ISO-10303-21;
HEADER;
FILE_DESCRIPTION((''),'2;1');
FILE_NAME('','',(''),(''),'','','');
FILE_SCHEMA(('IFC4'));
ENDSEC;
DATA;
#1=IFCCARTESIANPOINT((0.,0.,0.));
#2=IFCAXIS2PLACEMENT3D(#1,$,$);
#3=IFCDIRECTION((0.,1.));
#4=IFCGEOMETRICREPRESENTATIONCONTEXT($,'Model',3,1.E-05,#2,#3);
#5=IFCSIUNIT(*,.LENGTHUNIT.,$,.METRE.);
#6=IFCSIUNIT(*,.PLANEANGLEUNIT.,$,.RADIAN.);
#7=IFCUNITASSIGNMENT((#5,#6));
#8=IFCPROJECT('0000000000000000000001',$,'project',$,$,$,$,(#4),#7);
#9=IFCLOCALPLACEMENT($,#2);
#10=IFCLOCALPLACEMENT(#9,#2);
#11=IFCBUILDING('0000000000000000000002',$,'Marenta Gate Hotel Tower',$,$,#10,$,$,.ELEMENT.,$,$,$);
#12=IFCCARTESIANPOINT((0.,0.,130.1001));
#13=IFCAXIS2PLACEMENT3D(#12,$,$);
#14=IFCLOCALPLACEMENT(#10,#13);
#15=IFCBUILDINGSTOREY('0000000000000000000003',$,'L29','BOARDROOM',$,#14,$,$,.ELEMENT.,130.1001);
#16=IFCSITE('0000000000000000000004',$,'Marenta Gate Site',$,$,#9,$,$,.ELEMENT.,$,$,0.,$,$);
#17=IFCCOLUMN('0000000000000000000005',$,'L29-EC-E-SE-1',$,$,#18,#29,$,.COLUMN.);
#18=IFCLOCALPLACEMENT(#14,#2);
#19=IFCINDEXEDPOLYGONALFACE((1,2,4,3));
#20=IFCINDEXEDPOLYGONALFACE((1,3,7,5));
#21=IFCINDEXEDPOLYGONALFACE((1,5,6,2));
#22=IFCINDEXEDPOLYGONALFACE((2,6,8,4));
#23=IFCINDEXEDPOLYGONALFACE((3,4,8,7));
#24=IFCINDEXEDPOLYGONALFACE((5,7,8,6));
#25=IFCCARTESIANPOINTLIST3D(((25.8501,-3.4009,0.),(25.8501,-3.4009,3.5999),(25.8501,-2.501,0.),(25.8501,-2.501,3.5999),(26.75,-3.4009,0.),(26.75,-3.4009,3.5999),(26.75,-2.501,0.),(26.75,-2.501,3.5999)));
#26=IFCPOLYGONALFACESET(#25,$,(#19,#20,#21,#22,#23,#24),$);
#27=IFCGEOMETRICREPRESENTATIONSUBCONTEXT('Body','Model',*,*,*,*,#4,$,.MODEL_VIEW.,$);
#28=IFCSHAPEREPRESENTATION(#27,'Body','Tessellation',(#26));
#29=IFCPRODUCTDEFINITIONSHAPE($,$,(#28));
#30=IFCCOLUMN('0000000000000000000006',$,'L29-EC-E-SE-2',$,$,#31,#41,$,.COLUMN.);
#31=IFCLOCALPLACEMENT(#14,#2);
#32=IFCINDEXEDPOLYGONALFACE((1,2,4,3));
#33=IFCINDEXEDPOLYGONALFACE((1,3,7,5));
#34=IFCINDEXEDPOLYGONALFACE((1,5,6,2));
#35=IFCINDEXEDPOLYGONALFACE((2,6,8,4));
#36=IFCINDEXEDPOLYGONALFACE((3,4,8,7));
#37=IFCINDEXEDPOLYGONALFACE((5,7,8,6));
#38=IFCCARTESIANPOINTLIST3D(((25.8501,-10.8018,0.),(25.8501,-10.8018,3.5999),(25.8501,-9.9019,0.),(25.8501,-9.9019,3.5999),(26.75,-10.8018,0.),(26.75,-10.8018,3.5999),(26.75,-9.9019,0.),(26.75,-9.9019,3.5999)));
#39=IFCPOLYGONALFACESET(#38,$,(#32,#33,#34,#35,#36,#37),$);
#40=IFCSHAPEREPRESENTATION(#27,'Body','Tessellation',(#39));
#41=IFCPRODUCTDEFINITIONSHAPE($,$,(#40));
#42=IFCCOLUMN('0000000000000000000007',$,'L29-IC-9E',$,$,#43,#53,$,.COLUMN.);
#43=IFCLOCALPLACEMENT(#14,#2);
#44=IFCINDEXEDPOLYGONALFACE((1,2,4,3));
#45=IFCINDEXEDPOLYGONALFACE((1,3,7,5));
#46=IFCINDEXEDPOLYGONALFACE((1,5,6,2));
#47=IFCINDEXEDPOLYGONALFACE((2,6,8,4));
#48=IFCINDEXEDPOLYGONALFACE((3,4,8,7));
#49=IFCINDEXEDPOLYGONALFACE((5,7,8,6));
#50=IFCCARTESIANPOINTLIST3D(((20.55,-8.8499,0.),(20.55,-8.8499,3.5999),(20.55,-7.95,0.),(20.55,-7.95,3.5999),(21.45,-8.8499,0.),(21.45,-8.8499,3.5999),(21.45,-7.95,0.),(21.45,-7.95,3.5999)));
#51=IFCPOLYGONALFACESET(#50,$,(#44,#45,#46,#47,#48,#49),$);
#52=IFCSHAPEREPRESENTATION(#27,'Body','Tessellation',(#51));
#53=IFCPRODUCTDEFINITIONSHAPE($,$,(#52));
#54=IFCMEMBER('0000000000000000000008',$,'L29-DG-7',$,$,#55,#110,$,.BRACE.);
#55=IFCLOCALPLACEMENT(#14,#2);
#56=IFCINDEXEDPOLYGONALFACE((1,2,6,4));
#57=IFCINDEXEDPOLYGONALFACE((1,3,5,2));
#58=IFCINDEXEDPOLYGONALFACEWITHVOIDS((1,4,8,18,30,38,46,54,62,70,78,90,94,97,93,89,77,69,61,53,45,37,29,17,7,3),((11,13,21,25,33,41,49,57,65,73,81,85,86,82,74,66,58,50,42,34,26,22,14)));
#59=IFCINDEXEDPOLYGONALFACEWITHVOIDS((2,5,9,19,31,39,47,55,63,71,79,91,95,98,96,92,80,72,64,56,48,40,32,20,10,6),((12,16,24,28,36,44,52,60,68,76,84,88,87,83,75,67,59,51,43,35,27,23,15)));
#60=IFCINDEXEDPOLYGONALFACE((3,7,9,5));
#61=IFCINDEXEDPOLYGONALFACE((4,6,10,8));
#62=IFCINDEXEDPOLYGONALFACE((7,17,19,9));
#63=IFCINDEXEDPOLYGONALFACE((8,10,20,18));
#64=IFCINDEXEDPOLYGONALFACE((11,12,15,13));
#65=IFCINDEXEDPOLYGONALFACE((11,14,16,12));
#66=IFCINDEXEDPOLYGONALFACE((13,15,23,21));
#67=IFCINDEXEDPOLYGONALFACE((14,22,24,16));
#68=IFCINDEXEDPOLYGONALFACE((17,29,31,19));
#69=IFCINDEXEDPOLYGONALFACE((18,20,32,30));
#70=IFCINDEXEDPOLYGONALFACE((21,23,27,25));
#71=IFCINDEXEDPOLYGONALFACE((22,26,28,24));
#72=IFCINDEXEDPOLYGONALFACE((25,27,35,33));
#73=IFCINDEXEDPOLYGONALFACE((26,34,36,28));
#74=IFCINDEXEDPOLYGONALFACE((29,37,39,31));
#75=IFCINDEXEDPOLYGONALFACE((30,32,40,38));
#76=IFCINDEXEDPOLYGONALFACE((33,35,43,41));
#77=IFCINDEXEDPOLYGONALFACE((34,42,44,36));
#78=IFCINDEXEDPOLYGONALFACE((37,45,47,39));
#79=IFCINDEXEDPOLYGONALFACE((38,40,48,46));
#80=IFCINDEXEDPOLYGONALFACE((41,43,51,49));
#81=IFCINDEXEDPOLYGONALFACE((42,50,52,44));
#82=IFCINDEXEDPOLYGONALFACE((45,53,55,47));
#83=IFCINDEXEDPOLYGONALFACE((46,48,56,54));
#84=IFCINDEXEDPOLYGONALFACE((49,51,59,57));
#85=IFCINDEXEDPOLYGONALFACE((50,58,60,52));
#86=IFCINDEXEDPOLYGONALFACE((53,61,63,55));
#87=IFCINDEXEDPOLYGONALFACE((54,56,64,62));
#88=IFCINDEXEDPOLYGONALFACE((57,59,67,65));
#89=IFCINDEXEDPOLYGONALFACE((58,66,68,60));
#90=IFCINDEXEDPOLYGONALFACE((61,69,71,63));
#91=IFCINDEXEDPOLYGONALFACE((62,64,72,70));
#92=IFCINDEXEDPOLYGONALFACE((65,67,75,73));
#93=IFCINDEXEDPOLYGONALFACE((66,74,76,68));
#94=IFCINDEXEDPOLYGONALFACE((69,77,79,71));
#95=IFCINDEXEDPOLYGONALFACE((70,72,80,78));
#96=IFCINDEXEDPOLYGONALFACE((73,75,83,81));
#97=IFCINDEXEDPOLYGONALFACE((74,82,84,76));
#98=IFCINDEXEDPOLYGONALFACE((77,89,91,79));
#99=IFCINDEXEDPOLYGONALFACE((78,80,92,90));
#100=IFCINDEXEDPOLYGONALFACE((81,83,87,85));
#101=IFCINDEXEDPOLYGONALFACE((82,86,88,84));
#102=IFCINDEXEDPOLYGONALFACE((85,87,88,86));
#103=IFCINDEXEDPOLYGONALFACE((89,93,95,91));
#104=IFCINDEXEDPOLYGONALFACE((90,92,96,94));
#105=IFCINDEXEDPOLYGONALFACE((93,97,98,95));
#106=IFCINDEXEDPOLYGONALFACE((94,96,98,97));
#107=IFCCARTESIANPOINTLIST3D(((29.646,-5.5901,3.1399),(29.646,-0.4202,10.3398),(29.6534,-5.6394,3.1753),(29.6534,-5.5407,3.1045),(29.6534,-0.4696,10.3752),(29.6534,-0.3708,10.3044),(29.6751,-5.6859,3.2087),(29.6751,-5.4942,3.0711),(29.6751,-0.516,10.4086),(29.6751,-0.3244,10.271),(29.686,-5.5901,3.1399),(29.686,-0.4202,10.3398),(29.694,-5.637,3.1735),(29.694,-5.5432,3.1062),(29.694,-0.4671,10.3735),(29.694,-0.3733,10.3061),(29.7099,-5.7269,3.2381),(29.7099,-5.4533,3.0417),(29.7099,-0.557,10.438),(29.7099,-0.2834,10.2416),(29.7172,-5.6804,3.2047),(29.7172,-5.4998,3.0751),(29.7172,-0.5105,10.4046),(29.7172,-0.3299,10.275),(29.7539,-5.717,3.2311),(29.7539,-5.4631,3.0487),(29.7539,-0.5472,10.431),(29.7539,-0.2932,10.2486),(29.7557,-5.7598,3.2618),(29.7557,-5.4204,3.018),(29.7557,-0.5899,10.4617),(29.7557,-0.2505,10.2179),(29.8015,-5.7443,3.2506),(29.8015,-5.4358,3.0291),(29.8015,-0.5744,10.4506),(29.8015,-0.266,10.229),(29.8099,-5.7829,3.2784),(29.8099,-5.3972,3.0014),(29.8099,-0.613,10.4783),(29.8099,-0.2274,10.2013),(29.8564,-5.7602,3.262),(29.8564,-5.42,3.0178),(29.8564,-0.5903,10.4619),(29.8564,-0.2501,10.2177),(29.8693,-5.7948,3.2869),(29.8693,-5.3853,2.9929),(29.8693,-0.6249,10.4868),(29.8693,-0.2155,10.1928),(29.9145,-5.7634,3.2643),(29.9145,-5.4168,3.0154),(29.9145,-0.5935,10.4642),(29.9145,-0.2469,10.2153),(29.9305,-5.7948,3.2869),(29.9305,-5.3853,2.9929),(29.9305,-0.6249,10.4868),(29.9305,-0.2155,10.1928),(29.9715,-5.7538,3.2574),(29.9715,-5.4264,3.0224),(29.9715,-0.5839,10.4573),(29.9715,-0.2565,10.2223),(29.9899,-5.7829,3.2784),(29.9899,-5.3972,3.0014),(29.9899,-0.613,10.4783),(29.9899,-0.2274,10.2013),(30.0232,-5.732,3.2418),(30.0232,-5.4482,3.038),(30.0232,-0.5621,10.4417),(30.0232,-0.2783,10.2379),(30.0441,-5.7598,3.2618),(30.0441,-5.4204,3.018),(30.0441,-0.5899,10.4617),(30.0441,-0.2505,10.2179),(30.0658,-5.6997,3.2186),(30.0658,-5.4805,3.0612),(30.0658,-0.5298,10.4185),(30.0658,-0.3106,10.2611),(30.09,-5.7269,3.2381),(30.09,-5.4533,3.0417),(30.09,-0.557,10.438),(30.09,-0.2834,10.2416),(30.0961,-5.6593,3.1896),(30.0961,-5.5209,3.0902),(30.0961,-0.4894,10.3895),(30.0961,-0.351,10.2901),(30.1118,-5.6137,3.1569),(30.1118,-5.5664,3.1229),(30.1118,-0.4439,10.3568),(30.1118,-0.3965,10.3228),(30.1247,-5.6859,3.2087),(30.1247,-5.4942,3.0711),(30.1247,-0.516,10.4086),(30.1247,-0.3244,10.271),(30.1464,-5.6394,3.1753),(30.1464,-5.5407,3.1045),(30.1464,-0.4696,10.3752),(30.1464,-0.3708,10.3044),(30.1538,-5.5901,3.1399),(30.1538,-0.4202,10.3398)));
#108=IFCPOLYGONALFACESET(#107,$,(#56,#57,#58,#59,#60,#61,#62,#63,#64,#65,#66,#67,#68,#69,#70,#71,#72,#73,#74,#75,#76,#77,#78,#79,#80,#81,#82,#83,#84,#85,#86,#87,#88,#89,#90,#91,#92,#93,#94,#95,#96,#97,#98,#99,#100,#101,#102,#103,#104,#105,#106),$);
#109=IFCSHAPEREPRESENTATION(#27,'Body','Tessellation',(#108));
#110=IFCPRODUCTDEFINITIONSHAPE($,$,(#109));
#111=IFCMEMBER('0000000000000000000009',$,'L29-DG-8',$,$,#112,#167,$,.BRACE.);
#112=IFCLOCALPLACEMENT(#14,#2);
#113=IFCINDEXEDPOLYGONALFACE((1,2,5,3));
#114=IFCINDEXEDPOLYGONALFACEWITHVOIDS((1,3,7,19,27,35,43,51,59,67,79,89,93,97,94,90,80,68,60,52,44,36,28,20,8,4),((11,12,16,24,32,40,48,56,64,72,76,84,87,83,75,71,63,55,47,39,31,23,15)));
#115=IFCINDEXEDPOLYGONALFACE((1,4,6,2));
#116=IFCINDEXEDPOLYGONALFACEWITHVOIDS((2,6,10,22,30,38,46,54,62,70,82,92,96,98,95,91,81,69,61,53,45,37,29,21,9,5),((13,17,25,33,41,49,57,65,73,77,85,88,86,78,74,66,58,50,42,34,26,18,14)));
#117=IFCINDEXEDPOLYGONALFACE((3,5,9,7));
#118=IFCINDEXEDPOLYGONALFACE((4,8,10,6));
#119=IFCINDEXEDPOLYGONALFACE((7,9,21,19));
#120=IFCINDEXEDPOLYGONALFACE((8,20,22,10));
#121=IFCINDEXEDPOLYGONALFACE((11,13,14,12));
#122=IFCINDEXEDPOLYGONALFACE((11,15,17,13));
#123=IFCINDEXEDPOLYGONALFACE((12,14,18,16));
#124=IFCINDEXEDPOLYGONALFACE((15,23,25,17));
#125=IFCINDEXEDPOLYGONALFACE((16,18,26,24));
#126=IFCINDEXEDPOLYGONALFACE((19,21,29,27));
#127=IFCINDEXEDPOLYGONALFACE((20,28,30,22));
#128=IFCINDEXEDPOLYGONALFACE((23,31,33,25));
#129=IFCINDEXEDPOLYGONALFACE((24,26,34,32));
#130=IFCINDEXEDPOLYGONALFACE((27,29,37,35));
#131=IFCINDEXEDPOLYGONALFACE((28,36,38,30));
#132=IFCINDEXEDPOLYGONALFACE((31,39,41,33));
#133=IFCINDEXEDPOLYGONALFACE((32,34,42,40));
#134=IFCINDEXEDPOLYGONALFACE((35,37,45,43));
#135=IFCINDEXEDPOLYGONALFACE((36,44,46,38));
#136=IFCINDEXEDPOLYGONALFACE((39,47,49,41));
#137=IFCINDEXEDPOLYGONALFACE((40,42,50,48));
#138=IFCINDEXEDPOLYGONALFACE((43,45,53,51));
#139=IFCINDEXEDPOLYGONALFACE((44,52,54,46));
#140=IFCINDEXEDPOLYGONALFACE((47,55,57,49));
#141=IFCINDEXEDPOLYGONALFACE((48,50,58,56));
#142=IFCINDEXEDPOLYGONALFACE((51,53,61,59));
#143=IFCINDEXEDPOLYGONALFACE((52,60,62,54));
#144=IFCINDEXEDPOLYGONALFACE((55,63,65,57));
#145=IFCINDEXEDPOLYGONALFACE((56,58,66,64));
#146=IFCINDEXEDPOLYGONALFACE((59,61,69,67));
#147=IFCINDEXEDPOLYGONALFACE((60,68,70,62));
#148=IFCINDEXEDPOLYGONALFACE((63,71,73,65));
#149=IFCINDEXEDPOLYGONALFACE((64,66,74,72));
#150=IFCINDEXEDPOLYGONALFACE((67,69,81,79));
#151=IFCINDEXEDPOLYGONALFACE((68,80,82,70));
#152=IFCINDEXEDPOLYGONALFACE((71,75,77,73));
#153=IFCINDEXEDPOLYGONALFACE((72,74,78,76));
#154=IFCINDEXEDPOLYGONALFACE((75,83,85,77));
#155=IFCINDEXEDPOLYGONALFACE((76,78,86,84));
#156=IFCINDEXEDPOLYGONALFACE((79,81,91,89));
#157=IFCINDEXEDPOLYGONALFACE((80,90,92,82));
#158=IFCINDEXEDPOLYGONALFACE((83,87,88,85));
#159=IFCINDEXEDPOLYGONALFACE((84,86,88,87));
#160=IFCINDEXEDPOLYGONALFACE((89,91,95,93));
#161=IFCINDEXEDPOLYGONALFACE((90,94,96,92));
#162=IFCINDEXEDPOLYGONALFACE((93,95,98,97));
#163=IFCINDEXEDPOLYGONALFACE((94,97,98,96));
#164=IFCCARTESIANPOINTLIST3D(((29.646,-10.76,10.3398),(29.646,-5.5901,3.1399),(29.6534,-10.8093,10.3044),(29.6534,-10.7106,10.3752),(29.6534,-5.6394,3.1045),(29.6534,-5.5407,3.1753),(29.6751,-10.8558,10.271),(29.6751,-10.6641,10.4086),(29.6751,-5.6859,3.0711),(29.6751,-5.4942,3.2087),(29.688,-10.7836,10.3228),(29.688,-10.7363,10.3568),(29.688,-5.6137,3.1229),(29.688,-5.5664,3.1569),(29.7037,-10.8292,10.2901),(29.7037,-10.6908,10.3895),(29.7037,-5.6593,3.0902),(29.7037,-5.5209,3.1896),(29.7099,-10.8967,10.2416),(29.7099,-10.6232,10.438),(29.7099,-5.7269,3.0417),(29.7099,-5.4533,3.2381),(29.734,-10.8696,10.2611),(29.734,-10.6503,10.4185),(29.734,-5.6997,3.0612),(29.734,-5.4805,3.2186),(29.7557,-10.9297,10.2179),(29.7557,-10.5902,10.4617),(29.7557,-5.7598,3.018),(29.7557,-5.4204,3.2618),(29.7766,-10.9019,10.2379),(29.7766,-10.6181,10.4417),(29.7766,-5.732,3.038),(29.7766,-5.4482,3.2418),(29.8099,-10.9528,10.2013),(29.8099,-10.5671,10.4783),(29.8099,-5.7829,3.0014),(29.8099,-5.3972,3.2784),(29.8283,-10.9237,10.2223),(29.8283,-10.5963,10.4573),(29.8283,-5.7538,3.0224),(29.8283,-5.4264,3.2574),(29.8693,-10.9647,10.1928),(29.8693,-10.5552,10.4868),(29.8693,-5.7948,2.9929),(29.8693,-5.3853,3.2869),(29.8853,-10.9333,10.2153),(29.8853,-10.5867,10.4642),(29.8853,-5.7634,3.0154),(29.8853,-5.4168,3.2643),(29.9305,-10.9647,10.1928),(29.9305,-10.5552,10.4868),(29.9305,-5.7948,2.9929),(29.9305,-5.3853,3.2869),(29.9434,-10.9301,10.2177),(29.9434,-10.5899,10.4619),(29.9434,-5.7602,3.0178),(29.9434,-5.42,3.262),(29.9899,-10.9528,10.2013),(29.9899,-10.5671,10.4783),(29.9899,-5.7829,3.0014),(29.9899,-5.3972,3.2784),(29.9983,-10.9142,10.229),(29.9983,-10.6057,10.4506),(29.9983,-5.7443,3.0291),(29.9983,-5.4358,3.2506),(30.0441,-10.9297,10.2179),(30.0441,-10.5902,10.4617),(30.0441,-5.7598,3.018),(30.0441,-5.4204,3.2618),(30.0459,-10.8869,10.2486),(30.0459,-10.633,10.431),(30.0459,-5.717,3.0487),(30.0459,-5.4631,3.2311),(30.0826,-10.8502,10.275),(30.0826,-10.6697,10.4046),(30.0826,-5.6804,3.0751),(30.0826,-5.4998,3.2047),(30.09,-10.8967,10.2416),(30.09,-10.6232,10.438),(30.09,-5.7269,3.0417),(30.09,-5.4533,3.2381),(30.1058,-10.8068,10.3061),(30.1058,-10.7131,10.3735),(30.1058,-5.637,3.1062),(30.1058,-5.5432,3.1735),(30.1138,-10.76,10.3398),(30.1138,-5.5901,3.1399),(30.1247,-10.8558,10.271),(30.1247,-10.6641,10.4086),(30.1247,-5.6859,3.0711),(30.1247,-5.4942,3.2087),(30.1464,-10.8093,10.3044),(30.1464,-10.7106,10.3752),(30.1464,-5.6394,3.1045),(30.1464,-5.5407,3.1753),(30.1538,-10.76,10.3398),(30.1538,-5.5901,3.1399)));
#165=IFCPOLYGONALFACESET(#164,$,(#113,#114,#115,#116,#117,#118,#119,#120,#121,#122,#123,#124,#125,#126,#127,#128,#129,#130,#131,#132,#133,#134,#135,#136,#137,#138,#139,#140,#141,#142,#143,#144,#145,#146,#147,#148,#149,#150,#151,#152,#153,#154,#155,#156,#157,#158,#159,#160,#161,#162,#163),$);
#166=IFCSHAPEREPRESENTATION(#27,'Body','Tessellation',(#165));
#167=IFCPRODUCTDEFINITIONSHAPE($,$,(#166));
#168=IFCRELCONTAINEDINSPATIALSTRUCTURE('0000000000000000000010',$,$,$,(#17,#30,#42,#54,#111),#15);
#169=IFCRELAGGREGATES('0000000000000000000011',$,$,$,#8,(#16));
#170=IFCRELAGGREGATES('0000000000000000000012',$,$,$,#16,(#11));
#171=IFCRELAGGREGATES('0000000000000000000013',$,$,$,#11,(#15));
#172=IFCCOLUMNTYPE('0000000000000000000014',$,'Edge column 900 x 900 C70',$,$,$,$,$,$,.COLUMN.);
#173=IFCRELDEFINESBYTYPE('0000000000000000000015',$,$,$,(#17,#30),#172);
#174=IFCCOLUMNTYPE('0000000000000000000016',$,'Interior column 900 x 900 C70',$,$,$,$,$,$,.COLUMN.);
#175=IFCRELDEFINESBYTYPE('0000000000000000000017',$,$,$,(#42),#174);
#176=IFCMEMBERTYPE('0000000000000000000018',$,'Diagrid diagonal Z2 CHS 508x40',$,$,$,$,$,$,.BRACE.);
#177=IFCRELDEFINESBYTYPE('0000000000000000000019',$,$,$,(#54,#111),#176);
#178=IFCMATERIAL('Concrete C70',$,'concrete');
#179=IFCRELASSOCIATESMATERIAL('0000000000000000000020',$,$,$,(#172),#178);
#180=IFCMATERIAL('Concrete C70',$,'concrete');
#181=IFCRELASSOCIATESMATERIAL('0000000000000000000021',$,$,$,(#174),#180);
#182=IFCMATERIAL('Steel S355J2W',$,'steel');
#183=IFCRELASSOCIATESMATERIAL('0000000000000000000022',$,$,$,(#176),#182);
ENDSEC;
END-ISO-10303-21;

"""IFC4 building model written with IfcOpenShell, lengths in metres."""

from ifc_helpers import new_model, si_unit, direction, frame, origin, origin_2d, place, context, subcontext, project, spatial, rectangle, hollow_circle, extrude, material, material_profile, profile_set, type_object, element, save


model = new_model("IFC4")

# Units and contexts
model_context = context("Model", 3, precision=1e-05, world=origin(), true_north=direction((0.0, 1.0)))
body_context = subcontext(model_context, "Body", "Model", "MODEL_VIEW")
ifc_project = project(units=[si_unit("LENGTHUNIT", "METRE"), si_unit("PLANEANGLEUNIT", "RADIAN")], contexts=[model_context])

# Site, building, storey
site_placement = place(None, origin())
site = spatial("IfcSite", under=ifc_project, at=site_placement, Name="Marenta Gate Site", CompositionType="ELEMENT", RefElevation=0.0)
building_placement = place(site_placement, origin())
building = spatial("IfcBuilding", under=site, at=building_placement, Name="Marenta Gate Hotel Tower", CompositionType="ELEMENT")
storey_placement = place(building_placement, frame((0.0, 0.0, 130.1001)))
storey = spatial("IfcBuildingStorey", under=building, at=storey_placement, Name="L29", Description="BOARDROOM", CompositionType="ELEMENT", Elevation=130.1001)

# Columns
ifc_material_1 = material(Name="Concrete C70", Category="concrete")
ifc_material_profile_1 = material_profile(ifc_material_1, rectangle(XDim=0.8999, YDim=0.8999, at=origin_2d()), Name="900 x 900")
ifc_profile_set_1 = profile_set([ifc_material_profile_1], Name="Concrete C70")
column_type_1 = type_object("IfcColumnType", Name="Edge column 900 x 900 C70", PredefinedType="COLUMN", material=ifc_profile_set_1)
for number, where, z_axis, x_axis, name in (
    (1, (26.3, -2.9509, 0.0), (0.0, 0.0, 1.0), (1.0, 0.0, 0.0), "L29-EC-E-SE-1"),
    (2, (26.3, -10.3518, 0.0), (0.0, 0.0, 1.0), (1.0, 0.0, 0.0), "L29-EC-E-SE-2"),
):
    element("IfcColumn", number, at=place(storey_placement, frame(where, z_axis=z_axis, x_axis=x_axis)), inside=storey, type_object=column_type_1, Name=name, PredefinedType="COLUMN", context=body_context, shape_type="SweptSolid", body=[
        extrude(rectangle(XDim=0.8999, YDim=0.8999, at=origin_2d()), origin(), (0.0, 0.0, 1.0), 3.5999),
    ])
ifc_material_2 = material(Name="Concrete C70", Category="concrete")
ifc_material_profile_2 = material_profile(ifc_material_2, rectangle(XDim=0.8999, YDim=0.8999, at=origin_2d()), Name="900 x 900")
ifc_profile_set_2 = profile_set([ifc_material_profile_2], Name="Concrete C70")
column_type_2 = type_object("IfcColumnType", Name="Interior column 900 x 900 C70", PredefinedType="COLUMN", material=ifc_profile_set_2)
column_placement = place(storey_placement, frame((21.0, -8.3999, 0.0), z_axis=(0.0, 0.0, 1.0), x_axis=(1.0, 0.0, 0.0)))
element("IfcColumn", 3, at=column_placement, inside=storey, type_object=column_type_2, Name="L29-IC-9E", PredefinedType="COLUMN", context=body_context, shape_type="SweptSolid", body=[
    extrude(rectangle(XDim=0.8999, YDim=0.8999, at=origin_2d()), origin(), (0.0, 0.0, 1.0), 3.5999),
])

# Members
ifc_material_3 = material(Name="Steel S355J2W", Category="steel")
ifc_material_profile_3 = material_profile(ifc_material_3, hollow_circle(Radius=0.2539, WallThickness=0.04, at=origin_2d()), Name="CHS 508x40")
ifc_profile_set_3 = profile_set([ifc_material_profile_3], Name="Steel S355J2W")
member_type_1 = type_object("IfcMemberType", Name="Diagrid diagonal Z2 CHS 508x40", PredefinedType="BRACE", material=ifc_profile_set_3)
for number, where, z_axis, x_axis, name in (
    (4, (29.8999, -5.5901, 3.1399), (0.0, 0.583261, 0.812285), (-1.0, 0.0, 0.0), "L29-DG-7"),
    (5, (29.8999, -5.5901, 3.1399), (0.0, -0.583261, 0.812285), (1.0, 0.0, 0.0), "L29-DG-8"),
):
    element("IfcMember", number, at=place(storey_placement, frame(where, z_axis=z_axis, x_axis=x_axis)), inside=storey, type_object=member_type_1, Name=name, PredefinedType="BRACE", context=body_context, shape_type="SweptSolid", body=[
        extrude(hollow_circle(Radius=0.2539, WallThickness=0.04, at=origin_2d()), origin(), (0.0, 0.0, 1.0), 8.8638),
    ])

save(model, "model.ifc")
